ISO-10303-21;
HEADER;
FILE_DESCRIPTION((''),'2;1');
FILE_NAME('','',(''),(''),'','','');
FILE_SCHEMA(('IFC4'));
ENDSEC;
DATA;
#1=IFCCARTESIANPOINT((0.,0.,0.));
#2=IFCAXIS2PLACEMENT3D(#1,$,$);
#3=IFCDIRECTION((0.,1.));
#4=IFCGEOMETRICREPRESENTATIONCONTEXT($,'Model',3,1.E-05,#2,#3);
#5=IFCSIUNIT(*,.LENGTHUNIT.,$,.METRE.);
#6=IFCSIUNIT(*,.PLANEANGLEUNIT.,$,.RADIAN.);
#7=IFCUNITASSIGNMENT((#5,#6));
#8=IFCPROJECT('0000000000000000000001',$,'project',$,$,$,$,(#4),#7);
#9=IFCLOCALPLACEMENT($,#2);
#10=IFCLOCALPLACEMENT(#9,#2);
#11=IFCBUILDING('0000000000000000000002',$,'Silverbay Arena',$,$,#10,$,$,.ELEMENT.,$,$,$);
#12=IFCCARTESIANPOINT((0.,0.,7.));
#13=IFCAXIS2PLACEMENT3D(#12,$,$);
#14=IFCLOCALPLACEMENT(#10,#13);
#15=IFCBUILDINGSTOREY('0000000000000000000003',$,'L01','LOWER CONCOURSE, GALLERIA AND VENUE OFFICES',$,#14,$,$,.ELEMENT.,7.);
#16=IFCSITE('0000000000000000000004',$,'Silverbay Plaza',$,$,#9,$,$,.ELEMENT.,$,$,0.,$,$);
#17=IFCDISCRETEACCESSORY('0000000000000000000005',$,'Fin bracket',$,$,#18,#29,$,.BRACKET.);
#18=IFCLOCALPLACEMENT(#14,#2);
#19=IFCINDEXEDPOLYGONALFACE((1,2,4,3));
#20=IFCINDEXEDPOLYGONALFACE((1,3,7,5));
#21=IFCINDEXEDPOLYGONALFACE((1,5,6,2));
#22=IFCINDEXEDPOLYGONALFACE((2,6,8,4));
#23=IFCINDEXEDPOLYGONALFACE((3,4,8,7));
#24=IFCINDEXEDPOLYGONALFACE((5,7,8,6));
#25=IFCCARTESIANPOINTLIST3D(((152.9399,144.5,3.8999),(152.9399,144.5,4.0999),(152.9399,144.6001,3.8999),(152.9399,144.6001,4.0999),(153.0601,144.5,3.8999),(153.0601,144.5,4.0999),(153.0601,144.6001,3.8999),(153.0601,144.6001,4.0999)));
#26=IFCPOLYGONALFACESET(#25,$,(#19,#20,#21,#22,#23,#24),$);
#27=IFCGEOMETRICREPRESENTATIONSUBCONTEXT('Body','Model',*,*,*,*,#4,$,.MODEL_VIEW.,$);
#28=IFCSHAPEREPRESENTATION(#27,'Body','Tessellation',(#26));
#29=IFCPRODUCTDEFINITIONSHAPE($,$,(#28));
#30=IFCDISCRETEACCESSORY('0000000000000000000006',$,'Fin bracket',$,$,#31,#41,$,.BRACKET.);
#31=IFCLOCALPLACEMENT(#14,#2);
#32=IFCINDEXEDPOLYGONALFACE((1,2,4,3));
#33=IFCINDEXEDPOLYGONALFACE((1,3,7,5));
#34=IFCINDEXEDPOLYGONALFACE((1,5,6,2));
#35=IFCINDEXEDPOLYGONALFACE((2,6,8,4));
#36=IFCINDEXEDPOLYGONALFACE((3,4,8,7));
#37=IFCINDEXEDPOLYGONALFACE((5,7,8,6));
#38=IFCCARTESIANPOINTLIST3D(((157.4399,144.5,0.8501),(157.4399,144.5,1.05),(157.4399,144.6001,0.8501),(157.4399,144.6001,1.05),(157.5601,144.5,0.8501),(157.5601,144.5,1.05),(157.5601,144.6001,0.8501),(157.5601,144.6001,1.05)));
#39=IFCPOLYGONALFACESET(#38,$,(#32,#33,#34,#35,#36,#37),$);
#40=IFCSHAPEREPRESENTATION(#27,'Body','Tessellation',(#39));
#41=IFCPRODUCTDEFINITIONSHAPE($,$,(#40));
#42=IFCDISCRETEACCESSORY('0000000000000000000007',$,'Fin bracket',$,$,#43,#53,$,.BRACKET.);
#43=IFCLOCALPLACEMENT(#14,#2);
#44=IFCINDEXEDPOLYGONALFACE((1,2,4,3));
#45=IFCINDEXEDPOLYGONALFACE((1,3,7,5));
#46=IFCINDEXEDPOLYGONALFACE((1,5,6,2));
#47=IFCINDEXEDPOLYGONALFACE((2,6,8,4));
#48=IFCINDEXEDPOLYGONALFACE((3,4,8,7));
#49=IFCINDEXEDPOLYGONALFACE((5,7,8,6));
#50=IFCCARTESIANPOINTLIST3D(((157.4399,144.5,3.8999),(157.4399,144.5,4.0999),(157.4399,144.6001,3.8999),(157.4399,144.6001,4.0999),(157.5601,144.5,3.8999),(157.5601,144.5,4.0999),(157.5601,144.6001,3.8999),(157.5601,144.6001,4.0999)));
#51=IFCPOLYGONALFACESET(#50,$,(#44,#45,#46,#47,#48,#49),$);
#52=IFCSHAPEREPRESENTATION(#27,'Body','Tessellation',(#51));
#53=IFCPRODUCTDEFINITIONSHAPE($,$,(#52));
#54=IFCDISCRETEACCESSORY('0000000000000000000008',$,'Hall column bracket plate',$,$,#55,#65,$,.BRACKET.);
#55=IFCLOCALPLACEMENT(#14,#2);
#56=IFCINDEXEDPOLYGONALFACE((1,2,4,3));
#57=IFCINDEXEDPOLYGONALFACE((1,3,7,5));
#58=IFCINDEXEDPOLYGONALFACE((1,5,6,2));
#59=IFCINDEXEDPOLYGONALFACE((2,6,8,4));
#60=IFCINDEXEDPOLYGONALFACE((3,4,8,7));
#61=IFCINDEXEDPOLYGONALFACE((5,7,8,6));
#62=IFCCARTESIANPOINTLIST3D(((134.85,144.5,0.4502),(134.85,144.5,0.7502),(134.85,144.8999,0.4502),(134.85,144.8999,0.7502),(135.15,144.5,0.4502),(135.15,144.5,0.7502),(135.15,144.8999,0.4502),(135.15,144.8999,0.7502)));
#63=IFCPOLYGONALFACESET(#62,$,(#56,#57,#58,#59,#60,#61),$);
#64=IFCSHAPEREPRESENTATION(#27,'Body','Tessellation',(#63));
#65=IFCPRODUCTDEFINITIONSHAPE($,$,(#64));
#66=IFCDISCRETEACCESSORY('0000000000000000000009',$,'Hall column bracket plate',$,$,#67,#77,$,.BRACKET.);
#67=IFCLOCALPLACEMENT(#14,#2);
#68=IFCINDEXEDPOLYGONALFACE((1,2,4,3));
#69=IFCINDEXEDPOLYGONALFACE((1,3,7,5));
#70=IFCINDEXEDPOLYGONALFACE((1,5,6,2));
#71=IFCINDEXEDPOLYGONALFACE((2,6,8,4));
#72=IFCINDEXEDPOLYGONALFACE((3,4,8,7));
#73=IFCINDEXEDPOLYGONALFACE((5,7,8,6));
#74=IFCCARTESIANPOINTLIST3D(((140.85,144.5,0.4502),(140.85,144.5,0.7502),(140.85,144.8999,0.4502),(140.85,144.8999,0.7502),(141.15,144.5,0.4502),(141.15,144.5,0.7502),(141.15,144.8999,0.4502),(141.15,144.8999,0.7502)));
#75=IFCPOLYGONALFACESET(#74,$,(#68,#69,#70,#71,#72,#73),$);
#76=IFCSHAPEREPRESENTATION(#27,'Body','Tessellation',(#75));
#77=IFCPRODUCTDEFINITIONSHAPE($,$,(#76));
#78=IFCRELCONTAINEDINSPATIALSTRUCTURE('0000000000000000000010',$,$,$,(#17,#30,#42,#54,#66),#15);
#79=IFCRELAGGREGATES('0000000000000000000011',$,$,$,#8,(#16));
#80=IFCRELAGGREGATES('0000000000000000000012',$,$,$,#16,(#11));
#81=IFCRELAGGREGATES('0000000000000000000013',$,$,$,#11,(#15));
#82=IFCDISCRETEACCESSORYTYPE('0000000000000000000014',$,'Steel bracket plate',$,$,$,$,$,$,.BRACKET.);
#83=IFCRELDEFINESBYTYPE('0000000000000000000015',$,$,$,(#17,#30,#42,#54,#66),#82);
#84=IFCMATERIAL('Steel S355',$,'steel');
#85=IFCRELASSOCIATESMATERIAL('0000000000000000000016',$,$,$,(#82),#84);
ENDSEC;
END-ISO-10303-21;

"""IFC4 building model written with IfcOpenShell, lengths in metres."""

from ifc_helpers import new_model, si_unit, direction, frame, origin, origin_2d, place, context, subcontext, project, spatial, rectangle, extrude, material, type_object, element, save


model = new_model("IFC4")

# Units and contexts
model_context = context("Model", 3, precision=1e-05, world=origin(), true_north=direction((0.0, 1.0)))
body_context = subcontext(model_context, "Body", "Model", "MODEL_VIEW")
ifc_project = project(units=[si_unit("LENGTHUNIT", "METRE"), si_unit("PLANEANGLEUNIT", "RADIAN")], contexts=[model_context])

# Site, building, storey
site_placement = place(None, origin())
site = spatial("IfcSite", under=ifc_project, at=site_placement, Name="Silverbay Plaza", CompositionType="ELEMENT", RefElevation=0.0)
building_placement = place(site_placement, origin())
building = spatial("IfcBuilding", under=site, at=building_placement, Name="Silverbay Arena", CompositionType="ELEMENT")
storey_placement = place(building_placement, frame((0.0, 0.0, 7.0)))
storey = spatial("IfcBuildingStorey", under=building, at=storey_placement, Name="L01", Description="LOWER CONCOURSE, GALLERIA AND VENUE OFFICES", CompositionType="ELEMENT", Elevation=7.0)

# Discrete accessories
ifc_material_1 = material(Name="Steel S355", Category="steel")
discrete_accessory_type = type_object("IfcDiscreteAccessoryType", Name="Steel bracket plate", PredefinedType="BRACKET", material=ifc_material_1)
for number, where, z_axis, x_axis, name in (
    (1, (153.0, 144.55, 3.8999), (0.0, 0.0, 1.0), (1.0, 0.0, 0.0), "Fin bracket"),
    (2, (157.5, 144.55, 0.8501), (0.0, 0.0, 1.0), (1.0, 0.0, 0.0), "Fin bracket"),
    (3, (157.5, 144.55, 3.8999), (0.0, 0.0, 1.0), (1.0, 0.0, 0.0), "Fin bracket"),
):
    element("IfcDiscreteAccessory", number, at=place(storey_placement, frame(where, z_axis=z_axis, x_axis=x_axis)), inside=storey, type_object=discrete_accessory_type, Name=name, PredefinedType="BRACKET", context=body_context, shape_type="SweptSolid", body=[
        extrude(rectangle(XDim=0.1201, YDim=0.1001, at=origin_2d()), origin(), (0.0, 0.0, 1.0), 0.2),
    ])
for number, where, z_axis, x_axis, name in (
    (4, (135.0, 144.7, 0.4502), (0.0, 0.0, 1.0), (1.0, 0.0, 0.0), "Hall column bracket plate"),
    (5, (141.0, 144.7, 0.4502), (0.0, 0.0, 1.0), (1.0, 0.0, 0.0), "Hall column bracket plate"),
):
    element("IfcDiscreteAccessory", number, at=place(storey_placement, frame(where, z_axis=z_axis, x_axis=x_axis)), inside=storey, type_object=discrete_accessory_type, Name=name, PredefinedType="BRACKET", context=body_context, shape_type="SweptSolid", body=[
        extrude(rectangle(XDim=0.3, YDim=0.3999, at=origin_2d()), origin(), (0.0, 0.0, 1.0), 0.3),
    ])

save(model, "model.ifc")
